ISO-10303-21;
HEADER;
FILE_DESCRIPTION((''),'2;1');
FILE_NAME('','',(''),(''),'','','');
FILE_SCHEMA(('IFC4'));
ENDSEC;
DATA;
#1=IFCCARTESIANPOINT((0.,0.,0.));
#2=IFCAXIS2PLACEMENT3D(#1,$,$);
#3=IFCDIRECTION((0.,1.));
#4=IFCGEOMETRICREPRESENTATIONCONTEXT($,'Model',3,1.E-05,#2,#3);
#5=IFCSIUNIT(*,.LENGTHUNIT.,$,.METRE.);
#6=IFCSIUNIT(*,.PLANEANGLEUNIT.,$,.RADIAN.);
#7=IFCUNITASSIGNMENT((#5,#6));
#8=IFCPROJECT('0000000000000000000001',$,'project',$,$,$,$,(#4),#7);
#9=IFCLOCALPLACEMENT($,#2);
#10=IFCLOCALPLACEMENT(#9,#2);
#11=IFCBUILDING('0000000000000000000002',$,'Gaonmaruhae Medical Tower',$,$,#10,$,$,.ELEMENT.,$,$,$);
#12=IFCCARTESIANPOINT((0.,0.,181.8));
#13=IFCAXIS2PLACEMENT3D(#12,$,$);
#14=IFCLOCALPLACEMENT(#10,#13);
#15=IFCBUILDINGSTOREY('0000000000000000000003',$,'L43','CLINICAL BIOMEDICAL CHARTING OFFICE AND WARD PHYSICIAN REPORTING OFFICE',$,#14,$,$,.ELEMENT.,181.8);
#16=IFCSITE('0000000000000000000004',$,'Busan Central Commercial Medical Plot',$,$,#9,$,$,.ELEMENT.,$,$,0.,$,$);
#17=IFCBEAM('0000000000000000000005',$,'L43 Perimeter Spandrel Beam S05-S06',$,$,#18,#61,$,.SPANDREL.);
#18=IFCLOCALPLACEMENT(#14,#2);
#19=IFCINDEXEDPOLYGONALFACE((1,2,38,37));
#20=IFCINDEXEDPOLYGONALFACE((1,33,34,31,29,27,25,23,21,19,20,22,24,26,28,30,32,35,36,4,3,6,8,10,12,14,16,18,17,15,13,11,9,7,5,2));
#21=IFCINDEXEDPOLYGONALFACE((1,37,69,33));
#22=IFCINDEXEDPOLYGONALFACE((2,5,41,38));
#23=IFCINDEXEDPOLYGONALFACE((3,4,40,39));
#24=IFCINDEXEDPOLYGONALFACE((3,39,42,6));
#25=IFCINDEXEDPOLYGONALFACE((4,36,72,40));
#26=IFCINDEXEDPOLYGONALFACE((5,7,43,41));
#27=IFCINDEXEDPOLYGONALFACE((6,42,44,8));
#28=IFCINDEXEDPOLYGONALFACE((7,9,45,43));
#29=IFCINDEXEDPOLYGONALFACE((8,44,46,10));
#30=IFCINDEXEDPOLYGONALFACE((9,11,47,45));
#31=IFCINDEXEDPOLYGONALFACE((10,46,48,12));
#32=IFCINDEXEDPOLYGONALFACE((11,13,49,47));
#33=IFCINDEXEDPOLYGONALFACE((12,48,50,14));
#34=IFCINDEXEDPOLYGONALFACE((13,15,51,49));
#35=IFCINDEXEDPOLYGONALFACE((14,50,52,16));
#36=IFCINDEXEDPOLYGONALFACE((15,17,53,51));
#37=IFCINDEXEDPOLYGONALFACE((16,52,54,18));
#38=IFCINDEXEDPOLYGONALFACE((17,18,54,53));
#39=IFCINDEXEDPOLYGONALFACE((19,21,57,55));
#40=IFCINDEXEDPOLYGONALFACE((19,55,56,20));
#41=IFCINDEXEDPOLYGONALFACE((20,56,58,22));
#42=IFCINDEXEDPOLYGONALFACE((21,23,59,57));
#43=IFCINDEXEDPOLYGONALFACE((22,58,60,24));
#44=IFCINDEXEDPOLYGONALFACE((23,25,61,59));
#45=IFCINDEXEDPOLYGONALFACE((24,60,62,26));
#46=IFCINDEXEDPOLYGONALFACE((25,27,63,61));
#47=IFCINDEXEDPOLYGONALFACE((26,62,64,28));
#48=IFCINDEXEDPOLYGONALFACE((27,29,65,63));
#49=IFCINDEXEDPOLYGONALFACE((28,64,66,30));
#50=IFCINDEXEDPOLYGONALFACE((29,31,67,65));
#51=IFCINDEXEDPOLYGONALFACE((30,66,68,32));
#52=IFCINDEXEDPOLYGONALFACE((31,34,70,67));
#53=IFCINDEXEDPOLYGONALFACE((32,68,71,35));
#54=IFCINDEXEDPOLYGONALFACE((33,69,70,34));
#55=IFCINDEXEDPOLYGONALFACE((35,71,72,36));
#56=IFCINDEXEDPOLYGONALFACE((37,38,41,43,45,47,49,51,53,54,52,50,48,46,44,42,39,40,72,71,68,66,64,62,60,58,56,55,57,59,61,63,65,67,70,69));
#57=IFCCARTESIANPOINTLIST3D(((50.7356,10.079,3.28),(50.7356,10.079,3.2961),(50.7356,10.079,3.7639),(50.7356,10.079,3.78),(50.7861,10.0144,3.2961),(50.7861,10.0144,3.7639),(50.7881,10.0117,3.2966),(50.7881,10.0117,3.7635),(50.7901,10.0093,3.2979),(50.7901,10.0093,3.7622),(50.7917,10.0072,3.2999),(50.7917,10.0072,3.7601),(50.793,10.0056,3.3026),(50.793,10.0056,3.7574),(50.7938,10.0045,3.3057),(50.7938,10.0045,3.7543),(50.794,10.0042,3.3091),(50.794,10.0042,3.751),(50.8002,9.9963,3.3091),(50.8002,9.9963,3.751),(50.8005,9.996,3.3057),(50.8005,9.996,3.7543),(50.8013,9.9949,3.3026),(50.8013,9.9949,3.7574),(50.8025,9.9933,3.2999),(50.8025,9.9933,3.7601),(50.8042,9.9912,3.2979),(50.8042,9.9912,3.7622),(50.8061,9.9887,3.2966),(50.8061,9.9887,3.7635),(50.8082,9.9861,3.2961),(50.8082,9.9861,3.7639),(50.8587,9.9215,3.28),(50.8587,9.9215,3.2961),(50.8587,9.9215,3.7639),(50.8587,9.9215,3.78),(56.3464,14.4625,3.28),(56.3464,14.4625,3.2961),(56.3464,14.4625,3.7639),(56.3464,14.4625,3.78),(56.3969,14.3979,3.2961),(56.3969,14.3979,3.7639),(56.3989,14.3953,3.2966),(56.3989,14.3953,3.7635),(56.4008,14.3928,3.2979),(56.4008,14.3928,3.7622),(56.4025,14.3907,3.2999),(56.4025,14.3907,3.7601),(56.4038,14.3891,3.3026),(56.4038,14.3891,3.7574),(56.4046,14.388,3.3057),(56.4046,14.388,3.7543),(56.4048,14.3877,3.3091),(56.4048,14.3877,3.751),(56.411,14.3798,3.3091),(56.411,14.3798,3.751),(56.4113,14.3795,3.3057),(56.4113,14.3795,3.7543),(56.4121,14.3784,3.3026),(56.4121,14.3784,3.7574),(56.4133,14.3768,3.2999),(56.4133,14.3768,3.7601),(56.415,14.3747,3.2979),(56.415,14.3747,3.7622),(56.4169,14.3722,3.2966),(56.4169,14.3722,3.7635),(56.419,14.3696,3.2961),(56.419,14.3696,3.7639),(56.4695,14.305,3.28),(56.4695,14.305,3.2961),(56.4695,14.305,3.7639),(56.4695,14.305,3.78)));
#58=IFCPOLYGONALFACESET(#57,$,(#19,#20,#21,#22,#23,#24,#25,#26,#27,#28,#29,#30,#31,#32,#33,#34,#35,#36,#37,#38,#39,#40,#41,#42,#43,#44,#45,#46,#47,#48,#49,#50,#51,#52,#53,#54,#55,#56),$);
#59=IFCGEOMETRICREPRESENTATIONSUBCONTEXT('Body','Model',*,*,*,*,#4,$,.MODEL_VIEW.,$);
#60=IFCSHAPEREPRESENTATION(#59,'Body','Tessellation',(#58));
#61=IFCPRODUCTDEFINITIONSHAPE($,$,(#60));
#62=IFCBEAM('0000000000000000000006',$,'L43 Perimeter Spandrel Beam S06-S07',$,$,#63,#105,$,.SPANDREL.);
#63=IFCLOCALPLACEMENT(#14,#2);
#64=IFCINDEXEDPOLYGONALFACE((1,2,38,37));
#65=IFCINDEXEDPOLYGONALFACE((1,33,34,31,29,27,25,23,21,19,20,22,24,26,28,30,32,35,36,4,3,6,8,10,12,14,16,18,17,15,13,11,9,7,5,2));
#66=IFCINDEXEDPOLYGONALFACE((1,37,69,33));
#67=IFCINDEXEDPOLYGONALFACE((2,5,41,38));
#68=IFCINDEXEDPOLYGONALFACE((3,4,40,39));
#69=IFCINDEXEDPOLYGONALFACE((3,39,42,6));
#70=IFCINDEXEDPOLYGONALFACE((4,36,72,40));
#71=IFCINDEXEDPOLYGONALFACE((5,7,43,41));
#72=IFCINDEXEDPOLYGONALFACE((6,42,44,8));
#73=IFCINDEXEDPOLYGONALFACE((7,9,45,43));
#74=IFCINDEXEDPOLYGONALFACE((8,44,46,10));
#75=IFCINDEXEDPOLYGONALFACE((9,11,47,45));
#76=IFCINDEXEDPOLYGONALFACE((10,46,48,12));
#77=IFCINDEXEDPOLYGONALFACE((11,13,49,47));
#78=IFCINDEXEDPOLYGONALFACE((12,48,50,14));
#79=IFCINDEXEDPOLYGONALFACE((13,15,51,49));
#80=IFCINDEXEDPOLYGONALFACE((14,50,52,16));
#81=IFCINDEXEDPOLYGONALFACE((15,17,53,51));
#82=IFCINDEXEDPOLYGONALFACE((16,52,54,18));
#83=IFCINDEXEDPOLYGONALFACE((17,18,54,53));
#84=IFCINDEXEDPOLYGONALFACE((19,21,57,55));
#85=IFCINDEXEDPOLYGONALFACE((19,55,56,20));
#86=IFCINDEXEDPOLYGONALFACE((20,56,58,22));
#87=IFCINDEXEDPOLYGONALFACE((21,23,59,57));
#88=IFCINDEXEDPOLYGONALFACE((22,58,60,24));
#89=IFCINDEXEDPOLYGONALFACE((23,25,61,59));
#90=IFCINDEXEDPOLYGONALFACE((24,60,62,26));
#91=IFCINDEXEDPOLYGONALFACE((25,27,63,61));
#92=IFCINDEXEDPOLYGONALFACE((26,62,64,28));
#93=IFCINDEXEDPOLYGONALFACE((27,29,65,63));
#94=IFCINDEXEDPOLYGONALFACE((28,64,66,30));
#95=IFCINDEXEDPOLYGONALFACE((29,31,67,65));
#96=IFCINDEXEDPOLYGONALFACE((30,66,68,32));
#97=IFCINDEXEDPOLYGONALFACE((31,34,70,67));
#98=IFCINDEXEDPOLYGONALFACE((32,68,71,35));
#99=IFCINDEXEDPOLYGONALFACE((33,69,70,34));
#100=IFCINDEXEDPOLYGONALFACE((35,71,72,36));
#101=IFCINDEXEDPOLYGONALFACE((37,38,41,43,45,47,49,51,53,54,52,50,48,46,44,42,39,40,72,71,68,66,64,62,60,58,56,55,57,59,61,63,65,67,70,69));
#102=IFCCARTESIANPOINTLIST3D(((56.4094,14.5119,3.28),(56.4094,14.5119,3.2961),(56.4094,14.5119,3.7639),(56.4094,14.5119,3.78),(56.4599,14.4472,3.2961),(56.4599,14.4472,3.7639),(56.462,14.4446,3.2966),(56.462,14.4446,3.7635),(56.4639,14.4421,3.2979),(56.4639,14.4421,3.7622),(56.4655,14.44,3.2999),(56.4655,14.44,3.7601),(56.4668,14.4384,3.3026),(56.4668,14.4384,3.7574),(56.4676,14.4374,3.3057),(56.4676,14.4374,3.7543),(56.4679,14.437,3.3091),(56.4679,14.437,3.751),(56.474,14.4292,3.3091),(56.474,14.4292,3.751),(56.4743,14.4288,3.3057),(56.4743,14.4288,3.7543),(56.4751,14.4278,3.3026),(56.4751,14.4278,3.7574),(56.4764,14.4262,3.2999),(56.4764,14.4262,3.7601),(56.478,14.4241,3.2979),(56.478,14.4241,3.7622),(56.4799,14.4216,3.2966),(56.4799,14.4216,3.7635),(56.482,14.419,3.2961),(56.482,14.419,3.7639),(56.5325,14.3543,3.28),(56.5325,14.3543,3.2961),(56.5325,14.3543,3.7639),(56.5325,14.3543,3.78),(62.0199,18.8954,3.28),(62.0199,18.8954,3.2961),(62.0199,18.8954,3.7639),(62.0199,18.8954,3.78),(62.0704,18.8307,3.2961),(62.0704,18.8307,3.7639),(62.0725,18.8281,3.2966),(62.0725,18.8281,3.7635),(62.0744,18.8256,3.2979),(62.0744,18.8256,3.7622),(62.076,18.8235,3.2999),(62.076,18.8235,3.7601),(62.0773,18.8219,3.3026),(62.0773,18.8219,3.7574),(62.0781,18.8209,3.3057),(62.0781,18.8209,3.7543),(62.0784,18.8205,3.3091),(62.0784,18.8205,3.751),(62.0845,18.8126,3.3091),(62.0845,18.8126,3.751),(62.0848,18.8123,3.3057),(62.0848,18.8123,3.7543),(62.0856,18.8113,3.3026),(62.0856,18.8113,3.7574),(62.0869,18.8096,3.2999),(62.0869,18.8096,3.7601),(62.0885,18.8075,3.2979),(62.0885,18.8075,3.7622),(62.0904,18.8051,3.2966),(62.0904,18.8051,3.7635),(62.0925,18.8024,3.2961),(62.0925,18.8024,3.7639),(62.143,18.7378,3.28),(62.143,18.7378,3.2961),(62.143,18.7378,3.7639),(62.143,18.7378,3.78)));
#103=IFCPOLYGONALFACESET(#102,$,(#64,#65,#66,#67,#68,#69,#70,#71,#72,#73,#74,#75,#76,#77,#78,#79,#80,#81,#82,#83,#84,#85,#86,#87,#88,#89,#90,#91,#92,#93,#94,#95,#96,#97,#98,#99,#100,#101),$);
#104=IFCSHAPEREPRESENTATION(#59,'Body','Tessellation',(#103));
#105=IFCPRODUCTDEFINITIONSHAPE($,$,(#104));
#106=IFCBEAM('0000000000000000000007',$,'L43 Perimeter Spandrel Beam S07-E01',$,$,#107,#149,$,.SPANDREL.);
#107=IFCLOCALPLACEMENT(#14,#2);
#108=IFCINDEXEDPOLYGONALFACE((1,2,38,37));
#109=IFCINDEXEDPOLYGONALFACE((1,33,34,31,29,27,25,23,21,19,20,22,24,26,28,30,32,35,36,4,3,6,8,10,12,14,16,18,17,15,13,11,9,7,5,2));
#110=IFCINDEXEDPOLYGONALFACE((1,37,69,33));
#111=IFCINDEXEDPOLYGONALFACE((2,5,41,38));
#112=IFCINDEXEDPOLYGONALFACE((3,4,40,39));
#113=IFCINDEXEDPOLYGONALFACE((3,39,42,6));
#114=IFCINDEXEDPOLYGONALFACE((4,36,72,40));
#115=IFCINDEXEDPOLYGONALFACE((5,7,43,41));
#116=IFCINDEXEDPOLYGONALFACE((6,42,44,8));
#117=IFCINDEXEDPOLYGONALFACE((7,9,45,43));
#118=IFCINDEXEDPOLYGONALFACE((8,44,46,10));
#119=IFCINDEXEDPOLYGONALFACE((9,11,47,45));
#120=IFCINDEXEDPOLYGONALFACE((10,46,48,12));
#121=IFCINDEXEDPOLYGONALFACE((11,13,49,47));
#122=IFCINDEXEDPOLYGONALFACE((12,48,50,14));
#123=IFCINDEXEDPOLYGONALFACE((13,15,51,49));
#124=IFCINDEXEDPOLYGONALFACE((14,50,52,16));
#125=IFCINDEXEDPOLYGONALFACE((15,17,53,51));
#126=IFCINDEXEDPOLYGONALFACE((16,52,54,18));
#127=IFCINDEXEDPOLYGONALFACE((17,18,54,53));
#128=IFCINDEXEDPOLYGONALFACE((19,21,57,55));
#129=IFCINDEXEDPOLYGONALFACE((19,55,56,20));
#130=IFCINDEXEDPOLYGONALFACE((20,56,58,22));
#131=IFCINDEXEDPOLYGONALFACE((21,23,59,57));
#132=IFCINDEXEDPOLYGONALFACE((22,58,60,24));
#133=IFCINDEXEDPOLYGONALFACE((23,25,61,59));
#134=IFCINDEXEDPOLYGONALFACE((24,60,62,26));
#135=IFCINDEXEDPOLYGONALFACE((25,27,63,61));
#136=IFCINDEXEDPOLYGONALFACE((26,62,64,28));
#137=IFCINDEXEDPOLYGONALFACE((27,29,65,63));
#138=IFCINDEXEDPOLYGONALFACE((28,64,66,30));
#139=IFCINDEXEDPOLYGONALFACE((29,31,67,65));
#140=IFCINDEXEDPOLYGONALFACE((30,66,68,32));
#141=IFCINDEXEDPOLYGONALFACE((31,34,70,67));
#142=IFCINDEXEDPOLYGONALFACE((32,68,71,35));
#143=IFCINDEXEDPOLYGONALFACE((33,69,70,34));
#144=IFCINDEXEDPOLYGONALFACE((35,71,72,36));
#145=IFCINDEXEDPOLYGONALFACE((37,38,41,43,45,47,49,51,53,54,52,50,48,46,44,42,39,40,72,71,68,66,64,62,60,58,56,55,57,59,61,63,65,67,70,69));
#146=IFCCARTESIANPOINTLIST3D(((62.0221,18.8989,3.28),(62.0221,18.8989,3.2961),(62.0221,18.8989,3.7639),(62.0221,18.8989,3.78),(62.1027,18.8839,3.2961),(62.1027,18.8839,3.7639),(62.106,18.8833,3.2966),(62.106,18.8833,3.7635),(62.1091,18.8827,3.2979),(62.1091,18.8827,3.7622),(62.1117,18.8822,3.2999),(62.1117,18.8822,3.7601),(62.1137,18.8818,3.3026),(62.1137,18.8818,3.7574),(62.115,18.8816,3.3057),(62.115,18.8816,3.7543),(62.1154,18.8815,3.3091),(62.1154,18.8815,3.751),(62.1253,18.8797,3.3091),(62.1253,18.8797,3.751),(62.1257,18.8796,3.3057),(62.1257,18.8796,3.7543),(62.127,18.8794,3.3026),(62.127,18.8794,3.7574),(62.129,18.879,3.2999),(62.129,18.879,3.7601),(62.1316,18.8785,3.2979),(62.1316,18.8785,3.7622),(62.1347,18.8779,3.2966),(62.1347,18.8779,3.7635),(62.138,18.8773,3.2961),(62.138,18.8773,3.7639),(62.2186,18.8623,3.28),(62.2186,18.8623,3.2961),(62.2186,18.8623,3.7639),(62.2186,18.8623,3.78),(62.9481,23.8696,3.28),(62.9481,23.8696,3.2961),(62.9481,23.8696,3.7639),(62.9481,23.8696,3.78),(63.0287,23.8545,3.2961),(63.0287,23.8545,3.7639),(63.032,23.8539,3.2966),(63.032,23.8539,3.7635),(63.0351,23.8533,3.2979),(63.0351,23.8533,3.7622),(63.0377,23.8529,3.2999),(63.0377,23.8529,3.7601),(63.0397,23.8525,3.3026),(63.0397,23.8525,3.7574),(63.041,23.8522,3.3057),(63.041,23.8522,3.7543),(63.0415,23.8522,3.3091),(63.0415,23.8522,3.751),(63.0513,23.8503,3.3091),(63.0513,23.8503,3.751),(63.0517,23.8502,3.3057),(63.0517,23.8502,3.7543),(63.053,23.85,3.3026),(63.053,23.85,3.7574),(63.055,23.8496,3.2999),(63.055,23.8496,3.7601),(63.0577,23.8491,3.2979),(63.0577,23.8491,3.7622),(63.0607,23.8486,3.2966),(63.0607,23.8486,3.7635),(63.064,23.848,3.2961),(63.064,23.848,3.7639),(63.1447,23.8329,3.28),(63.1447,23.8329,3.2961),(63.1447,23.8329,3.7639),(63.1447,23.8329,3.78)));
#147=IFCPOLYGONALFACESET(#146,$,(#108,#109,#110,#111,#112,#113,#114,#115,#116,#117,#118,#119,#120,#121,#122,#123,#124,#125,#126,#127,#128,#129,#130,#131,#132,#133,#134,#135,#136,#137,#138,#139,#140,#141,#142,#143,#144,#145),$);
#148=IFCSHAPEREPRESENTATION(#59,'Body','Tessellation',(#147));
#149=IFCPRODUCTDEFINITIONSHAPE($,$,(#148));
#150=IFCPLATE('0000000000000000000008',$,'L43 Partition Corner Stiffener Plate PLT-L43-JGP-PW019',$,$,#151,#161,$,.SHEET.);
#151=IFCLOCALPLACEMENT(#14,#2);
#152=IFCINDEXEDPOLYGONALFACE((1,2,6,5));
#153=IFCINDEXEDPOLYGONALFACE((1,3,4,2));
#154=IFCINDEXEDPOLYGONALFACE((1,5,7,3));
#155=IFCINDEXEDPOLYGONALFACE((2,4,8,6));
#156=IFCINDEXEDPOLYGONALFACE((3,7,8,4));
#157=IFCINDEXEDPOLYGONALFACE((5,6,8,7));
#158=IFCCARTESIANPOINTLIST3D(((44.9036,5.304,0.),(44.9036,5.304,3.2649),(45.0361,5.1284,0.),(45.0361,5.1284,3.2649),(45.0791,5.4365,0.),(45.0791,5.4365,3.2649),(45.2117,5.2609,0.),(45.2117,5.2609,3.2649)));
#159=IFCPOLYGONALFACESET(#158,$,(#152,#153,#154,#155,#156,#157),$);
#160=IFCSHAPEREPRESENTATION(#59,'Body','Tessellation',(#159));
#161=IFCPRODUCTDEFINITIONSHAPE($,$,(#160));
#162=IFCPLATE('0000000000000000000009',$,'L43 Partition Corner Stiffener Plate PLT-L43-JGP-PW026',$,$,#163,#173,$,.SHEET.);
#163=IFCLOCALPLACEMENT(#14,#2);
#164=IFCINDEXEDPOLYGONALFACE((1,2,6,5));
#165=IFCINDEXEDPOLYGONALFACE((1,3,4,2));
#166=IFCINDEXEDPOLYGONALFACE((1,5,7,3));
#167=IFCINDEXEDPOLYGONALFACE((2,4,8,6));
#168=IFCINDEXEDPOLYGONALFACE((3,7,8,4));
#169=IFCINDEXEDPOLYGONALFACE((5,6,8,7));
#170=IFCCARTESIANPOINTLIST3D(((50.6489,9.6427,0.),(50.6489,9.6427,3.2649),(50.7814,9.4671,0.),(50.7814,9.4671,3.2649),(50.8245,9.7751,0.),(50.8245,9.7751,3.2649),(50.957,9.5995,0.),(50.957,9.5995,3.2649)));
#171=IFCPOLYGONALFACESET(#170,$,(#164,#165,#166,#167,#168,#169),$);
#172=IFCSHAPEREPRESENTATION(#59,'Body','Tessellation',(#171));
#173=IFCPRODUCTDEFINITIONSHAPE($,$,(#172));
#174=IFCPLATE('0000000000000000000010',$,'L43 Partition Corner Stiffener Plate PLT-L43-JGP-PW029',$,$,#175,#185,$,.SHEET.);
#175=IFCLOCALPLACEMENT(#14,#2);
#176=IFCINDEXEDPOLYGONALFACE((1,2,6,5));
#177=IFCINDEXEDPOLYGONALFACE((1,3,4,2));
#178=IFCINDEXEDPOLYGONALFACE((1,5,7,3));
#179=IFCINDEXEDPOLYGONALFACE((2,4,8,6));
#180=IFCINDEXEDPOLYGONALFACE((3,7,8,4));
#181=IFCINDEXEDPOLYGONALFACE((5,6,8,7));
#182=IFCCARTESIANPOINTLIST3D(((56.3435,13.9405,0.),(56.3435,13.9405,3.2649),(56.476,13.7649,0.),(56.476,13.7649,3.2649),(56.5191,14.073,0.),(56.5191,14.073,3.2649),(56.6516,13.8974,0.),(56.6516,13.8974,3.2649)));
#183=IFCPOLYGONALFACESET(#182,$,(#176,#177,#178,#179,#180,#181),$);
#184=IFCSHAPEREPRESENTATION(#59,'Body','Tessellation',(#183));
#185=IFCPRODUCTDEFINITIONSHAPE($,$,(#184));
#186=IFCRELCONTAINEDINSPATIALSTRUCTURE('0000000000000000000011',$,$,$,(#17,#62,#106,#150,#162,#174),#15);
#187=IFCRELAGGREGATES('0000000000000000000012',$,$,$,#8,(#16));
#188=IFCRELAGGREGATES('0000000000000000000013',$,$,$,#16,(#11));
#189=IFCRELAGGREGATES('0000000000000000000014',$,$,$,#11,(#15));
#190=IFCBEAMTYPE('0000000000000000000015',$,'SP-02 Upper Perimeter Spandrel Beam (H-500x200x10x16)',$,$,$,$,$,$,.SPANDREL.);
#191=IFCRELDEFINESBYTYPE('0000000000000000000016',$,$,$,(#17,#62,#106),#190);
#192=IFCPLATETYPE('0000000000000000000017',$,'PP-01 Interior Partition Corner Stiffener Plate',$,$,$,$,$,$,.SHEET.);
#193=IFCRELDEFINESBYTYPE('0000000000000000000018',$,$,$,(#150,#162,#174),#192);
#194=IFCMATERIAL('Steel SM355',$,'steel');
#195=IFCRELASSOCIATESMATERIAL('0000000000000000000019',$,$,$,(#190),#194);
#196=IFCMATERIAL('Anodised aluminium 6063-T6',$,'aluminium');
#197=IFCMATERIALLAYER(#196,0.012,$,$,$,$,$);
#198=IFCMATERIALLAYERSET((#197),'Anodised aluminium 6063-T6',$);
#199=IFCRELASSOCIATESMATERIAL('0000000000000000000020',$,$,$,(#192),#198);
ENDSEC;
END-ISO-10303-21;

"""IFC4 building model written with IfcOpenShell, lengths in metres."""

from ifc_helpers import new_model, si_unit, direction, frame, origin, origin_2d, place, context, subcontext, project, spatial, rectangle, i_section, extrude, material, layer, layer_set, material_profile, profile_set, type_object, element, save


model = new_model("IFC4")

# Units and contexts
model_context = context("Model", 3, precision=1e-05, world=origin(), true_north=direction((0.0, 1.0)))
body_context = subcontext(model_context, "Body", "Model", "MODEL_VIEW")
ifc_project = project(units=[si_unit("LENGTHUNIT", "METRE"), si_unit("PLANEANGLEUNIT", "RADIAN")], contexts=[model_context])

# Site, building, storey
site_placement = place(None, origin())
site = spatial("IfcSite", under=ifc_project, at=site_placement, Name="Busan Central Commercial Medical Plot", CompositionType="ELEMENT", RefElevation=0.0)
building_placement = place(site_placement, origin())
building = spatial("IfcBuilding", under=site, at=building_placement, Name="Gaonmaruhae Medical Tower", CompositionType="ELEMENT")
storey_placement = place(building_placement, frame((0.0, 0.0, 181.8)))
storey = spatial("IfcBuildingStorey", under=building, at=storey_placement, Name="L43", Description="CLINICAL BIOMEDICAL CHARTING OFFICE AND WARD PHYSICIAN REPORTING OFFICE", CompositionType="ELEMENT", Elevation=181.8)

# Beams
ifc_material_1 = material(Name="Steel SM355", Category="steel")
ifc_material_profile_1 = material_profile(ifc_material_1, i_section(OverallWidth=0.2, OverallDepth=0.5, WebThickness=0.01, FlangeThickness=0.0161, FilletRadius=0.0129, at=origin_2d()), Name="H-500x200x10x16")
ifc_profile_set_1 = profile_set([ifc_material_profile_1], Name="Steel SM355")
beam_type_1 = type_object("IfcBeamType", Name="SP-02 Upper Perimeter Spandrel Beam (H-500x200x10x16)", PredefinedType="SPANDREL", material=ifc_profile_set_1)
beam_1_placement = place(storey_placement, frame((50.7971, 10.0002, 3.53), z_axis=(0.788019, 0.615651, 0.0), x_axis=(-0.615651, 0.788019, 0.0)))
element("IfcBeam", 1, at=beam_1_placement, inside=storey, type_object=beam_type_1, Name="L43 Perimeter Spandrel Beam S05-S06", PredefinedType="SPANDREL", context=body_context, shape_type="SweptSolid", body=[
    extrude(i_section(OverallWidth=0.2, OverallDepth=0.5, WebThickness=0.01, FlangeThickness=0.0161, FilletRadius=0.0129, at=origin_2d()), origin(), (0.0, 0.0, 1.0), 7.1201),
])
beam_2_placement = place(storey_placement, frame((56.4709, 14.4331, 3.53), z_axis=(0.788006, 0.615667, 0.0), x_axis=(-0.615667, 0.788006, 0.0)))
element("IfcBeam", 2, at=beam_2_placement, inside=storey, type_object=beam_type_1, Name="L43 Perimeter Spandrel Beam S06-S07", PredefinedType="SPANDREL", context=body_context, shape_type="SweptSolid", body=[
    extrude(i_section(OverallWidth=0.2, OverallDepth=0.5, WebThickness=0.01, FlangeThickness=0.0161, FilletRadius=0.0129, at=origin_2d()), origin(), (0.0, 0.0, 1.0), 7.1199),
])
beam_3_placement = place(storey_placement, frame((62.1204, 18.8806, 3.53), z_axis=(0.183146, 0.983086, 0.0), x_axis=(-0.983086, 0.183146, 0.0)))
element("IfcBeam", 3, at=beam_3_placement, inside=storey, type_object=beam_type_1, Name="L43 Perimeter Spandrel Beam S07-E01", PredefinedType="SPANDREL", context=body_context, shape_type="SweptSolid", body=[
    extrude(i_section(OverallWidth=0.2, OverallDepth=0.5, WebThickness=0.01, FlangeThickness=0.0161, FilletRadius=0.0129, at=origin_2d()), origin(), (0.0, 0.0, 1.0), 5.0562),
])

# Plates
ifc_material_2 = material(Name="Anodised aluminium 6063-T6", Category="aluminium")
ifc_layer_1 = layer(ifc_material_2, 0.012)
ifc_layer_set_1 = layer_set([ifc_layer_1], Name="Anodised aluminium 6063-T6")
plate_type = type_object("IfcPlateType", Name="PP-01 Interior Partition Corner Stiffener Plate", PredefinedType="SHEET", material=ifc_layer_set_1)
for number, where, z_axis, x_axis, name in (
    (4, (45.0576, 5.2825, 0.0), (0.0, 0.0, 1.0), (-0.798184, -0.602414, 0.0), "L43 Partition Corner Stiffener Plate PLT-L43-JGP-PW019"),
    (5, (50.803, 9.6211, 0.0), (0.0, 0.0, 1.0), (-0.798299, -0.602261, 0.0), "L43 Partition Corner Stiffener Plate PLT-L43-JGP-PW026"),
    (6, (56.4976, 13.9189, 0.0), (0.0, 0.0, 1.0), (-0.798142, -0.60247, 0.0), "L43 Partition Corner Stiffener Plate PLT-L43-JGP-PW029"),
):
    element("IfcPlate", number, at=place(storey_placement, frame(where, z_axis=z_axis, x_axis=x_axis)), inside=storey, type_object=plate_type, Name=name, PredefinedType="SHEET", context=body_context, shape_type="SweptSolid", body=[
        extrude(rectangle(XDim=0.22, YDim=0.22, at=origin_2d()), origin(), (0.0, 0.0, 1.0), 3.2649),
    ])

save(model, "model.ifc")
